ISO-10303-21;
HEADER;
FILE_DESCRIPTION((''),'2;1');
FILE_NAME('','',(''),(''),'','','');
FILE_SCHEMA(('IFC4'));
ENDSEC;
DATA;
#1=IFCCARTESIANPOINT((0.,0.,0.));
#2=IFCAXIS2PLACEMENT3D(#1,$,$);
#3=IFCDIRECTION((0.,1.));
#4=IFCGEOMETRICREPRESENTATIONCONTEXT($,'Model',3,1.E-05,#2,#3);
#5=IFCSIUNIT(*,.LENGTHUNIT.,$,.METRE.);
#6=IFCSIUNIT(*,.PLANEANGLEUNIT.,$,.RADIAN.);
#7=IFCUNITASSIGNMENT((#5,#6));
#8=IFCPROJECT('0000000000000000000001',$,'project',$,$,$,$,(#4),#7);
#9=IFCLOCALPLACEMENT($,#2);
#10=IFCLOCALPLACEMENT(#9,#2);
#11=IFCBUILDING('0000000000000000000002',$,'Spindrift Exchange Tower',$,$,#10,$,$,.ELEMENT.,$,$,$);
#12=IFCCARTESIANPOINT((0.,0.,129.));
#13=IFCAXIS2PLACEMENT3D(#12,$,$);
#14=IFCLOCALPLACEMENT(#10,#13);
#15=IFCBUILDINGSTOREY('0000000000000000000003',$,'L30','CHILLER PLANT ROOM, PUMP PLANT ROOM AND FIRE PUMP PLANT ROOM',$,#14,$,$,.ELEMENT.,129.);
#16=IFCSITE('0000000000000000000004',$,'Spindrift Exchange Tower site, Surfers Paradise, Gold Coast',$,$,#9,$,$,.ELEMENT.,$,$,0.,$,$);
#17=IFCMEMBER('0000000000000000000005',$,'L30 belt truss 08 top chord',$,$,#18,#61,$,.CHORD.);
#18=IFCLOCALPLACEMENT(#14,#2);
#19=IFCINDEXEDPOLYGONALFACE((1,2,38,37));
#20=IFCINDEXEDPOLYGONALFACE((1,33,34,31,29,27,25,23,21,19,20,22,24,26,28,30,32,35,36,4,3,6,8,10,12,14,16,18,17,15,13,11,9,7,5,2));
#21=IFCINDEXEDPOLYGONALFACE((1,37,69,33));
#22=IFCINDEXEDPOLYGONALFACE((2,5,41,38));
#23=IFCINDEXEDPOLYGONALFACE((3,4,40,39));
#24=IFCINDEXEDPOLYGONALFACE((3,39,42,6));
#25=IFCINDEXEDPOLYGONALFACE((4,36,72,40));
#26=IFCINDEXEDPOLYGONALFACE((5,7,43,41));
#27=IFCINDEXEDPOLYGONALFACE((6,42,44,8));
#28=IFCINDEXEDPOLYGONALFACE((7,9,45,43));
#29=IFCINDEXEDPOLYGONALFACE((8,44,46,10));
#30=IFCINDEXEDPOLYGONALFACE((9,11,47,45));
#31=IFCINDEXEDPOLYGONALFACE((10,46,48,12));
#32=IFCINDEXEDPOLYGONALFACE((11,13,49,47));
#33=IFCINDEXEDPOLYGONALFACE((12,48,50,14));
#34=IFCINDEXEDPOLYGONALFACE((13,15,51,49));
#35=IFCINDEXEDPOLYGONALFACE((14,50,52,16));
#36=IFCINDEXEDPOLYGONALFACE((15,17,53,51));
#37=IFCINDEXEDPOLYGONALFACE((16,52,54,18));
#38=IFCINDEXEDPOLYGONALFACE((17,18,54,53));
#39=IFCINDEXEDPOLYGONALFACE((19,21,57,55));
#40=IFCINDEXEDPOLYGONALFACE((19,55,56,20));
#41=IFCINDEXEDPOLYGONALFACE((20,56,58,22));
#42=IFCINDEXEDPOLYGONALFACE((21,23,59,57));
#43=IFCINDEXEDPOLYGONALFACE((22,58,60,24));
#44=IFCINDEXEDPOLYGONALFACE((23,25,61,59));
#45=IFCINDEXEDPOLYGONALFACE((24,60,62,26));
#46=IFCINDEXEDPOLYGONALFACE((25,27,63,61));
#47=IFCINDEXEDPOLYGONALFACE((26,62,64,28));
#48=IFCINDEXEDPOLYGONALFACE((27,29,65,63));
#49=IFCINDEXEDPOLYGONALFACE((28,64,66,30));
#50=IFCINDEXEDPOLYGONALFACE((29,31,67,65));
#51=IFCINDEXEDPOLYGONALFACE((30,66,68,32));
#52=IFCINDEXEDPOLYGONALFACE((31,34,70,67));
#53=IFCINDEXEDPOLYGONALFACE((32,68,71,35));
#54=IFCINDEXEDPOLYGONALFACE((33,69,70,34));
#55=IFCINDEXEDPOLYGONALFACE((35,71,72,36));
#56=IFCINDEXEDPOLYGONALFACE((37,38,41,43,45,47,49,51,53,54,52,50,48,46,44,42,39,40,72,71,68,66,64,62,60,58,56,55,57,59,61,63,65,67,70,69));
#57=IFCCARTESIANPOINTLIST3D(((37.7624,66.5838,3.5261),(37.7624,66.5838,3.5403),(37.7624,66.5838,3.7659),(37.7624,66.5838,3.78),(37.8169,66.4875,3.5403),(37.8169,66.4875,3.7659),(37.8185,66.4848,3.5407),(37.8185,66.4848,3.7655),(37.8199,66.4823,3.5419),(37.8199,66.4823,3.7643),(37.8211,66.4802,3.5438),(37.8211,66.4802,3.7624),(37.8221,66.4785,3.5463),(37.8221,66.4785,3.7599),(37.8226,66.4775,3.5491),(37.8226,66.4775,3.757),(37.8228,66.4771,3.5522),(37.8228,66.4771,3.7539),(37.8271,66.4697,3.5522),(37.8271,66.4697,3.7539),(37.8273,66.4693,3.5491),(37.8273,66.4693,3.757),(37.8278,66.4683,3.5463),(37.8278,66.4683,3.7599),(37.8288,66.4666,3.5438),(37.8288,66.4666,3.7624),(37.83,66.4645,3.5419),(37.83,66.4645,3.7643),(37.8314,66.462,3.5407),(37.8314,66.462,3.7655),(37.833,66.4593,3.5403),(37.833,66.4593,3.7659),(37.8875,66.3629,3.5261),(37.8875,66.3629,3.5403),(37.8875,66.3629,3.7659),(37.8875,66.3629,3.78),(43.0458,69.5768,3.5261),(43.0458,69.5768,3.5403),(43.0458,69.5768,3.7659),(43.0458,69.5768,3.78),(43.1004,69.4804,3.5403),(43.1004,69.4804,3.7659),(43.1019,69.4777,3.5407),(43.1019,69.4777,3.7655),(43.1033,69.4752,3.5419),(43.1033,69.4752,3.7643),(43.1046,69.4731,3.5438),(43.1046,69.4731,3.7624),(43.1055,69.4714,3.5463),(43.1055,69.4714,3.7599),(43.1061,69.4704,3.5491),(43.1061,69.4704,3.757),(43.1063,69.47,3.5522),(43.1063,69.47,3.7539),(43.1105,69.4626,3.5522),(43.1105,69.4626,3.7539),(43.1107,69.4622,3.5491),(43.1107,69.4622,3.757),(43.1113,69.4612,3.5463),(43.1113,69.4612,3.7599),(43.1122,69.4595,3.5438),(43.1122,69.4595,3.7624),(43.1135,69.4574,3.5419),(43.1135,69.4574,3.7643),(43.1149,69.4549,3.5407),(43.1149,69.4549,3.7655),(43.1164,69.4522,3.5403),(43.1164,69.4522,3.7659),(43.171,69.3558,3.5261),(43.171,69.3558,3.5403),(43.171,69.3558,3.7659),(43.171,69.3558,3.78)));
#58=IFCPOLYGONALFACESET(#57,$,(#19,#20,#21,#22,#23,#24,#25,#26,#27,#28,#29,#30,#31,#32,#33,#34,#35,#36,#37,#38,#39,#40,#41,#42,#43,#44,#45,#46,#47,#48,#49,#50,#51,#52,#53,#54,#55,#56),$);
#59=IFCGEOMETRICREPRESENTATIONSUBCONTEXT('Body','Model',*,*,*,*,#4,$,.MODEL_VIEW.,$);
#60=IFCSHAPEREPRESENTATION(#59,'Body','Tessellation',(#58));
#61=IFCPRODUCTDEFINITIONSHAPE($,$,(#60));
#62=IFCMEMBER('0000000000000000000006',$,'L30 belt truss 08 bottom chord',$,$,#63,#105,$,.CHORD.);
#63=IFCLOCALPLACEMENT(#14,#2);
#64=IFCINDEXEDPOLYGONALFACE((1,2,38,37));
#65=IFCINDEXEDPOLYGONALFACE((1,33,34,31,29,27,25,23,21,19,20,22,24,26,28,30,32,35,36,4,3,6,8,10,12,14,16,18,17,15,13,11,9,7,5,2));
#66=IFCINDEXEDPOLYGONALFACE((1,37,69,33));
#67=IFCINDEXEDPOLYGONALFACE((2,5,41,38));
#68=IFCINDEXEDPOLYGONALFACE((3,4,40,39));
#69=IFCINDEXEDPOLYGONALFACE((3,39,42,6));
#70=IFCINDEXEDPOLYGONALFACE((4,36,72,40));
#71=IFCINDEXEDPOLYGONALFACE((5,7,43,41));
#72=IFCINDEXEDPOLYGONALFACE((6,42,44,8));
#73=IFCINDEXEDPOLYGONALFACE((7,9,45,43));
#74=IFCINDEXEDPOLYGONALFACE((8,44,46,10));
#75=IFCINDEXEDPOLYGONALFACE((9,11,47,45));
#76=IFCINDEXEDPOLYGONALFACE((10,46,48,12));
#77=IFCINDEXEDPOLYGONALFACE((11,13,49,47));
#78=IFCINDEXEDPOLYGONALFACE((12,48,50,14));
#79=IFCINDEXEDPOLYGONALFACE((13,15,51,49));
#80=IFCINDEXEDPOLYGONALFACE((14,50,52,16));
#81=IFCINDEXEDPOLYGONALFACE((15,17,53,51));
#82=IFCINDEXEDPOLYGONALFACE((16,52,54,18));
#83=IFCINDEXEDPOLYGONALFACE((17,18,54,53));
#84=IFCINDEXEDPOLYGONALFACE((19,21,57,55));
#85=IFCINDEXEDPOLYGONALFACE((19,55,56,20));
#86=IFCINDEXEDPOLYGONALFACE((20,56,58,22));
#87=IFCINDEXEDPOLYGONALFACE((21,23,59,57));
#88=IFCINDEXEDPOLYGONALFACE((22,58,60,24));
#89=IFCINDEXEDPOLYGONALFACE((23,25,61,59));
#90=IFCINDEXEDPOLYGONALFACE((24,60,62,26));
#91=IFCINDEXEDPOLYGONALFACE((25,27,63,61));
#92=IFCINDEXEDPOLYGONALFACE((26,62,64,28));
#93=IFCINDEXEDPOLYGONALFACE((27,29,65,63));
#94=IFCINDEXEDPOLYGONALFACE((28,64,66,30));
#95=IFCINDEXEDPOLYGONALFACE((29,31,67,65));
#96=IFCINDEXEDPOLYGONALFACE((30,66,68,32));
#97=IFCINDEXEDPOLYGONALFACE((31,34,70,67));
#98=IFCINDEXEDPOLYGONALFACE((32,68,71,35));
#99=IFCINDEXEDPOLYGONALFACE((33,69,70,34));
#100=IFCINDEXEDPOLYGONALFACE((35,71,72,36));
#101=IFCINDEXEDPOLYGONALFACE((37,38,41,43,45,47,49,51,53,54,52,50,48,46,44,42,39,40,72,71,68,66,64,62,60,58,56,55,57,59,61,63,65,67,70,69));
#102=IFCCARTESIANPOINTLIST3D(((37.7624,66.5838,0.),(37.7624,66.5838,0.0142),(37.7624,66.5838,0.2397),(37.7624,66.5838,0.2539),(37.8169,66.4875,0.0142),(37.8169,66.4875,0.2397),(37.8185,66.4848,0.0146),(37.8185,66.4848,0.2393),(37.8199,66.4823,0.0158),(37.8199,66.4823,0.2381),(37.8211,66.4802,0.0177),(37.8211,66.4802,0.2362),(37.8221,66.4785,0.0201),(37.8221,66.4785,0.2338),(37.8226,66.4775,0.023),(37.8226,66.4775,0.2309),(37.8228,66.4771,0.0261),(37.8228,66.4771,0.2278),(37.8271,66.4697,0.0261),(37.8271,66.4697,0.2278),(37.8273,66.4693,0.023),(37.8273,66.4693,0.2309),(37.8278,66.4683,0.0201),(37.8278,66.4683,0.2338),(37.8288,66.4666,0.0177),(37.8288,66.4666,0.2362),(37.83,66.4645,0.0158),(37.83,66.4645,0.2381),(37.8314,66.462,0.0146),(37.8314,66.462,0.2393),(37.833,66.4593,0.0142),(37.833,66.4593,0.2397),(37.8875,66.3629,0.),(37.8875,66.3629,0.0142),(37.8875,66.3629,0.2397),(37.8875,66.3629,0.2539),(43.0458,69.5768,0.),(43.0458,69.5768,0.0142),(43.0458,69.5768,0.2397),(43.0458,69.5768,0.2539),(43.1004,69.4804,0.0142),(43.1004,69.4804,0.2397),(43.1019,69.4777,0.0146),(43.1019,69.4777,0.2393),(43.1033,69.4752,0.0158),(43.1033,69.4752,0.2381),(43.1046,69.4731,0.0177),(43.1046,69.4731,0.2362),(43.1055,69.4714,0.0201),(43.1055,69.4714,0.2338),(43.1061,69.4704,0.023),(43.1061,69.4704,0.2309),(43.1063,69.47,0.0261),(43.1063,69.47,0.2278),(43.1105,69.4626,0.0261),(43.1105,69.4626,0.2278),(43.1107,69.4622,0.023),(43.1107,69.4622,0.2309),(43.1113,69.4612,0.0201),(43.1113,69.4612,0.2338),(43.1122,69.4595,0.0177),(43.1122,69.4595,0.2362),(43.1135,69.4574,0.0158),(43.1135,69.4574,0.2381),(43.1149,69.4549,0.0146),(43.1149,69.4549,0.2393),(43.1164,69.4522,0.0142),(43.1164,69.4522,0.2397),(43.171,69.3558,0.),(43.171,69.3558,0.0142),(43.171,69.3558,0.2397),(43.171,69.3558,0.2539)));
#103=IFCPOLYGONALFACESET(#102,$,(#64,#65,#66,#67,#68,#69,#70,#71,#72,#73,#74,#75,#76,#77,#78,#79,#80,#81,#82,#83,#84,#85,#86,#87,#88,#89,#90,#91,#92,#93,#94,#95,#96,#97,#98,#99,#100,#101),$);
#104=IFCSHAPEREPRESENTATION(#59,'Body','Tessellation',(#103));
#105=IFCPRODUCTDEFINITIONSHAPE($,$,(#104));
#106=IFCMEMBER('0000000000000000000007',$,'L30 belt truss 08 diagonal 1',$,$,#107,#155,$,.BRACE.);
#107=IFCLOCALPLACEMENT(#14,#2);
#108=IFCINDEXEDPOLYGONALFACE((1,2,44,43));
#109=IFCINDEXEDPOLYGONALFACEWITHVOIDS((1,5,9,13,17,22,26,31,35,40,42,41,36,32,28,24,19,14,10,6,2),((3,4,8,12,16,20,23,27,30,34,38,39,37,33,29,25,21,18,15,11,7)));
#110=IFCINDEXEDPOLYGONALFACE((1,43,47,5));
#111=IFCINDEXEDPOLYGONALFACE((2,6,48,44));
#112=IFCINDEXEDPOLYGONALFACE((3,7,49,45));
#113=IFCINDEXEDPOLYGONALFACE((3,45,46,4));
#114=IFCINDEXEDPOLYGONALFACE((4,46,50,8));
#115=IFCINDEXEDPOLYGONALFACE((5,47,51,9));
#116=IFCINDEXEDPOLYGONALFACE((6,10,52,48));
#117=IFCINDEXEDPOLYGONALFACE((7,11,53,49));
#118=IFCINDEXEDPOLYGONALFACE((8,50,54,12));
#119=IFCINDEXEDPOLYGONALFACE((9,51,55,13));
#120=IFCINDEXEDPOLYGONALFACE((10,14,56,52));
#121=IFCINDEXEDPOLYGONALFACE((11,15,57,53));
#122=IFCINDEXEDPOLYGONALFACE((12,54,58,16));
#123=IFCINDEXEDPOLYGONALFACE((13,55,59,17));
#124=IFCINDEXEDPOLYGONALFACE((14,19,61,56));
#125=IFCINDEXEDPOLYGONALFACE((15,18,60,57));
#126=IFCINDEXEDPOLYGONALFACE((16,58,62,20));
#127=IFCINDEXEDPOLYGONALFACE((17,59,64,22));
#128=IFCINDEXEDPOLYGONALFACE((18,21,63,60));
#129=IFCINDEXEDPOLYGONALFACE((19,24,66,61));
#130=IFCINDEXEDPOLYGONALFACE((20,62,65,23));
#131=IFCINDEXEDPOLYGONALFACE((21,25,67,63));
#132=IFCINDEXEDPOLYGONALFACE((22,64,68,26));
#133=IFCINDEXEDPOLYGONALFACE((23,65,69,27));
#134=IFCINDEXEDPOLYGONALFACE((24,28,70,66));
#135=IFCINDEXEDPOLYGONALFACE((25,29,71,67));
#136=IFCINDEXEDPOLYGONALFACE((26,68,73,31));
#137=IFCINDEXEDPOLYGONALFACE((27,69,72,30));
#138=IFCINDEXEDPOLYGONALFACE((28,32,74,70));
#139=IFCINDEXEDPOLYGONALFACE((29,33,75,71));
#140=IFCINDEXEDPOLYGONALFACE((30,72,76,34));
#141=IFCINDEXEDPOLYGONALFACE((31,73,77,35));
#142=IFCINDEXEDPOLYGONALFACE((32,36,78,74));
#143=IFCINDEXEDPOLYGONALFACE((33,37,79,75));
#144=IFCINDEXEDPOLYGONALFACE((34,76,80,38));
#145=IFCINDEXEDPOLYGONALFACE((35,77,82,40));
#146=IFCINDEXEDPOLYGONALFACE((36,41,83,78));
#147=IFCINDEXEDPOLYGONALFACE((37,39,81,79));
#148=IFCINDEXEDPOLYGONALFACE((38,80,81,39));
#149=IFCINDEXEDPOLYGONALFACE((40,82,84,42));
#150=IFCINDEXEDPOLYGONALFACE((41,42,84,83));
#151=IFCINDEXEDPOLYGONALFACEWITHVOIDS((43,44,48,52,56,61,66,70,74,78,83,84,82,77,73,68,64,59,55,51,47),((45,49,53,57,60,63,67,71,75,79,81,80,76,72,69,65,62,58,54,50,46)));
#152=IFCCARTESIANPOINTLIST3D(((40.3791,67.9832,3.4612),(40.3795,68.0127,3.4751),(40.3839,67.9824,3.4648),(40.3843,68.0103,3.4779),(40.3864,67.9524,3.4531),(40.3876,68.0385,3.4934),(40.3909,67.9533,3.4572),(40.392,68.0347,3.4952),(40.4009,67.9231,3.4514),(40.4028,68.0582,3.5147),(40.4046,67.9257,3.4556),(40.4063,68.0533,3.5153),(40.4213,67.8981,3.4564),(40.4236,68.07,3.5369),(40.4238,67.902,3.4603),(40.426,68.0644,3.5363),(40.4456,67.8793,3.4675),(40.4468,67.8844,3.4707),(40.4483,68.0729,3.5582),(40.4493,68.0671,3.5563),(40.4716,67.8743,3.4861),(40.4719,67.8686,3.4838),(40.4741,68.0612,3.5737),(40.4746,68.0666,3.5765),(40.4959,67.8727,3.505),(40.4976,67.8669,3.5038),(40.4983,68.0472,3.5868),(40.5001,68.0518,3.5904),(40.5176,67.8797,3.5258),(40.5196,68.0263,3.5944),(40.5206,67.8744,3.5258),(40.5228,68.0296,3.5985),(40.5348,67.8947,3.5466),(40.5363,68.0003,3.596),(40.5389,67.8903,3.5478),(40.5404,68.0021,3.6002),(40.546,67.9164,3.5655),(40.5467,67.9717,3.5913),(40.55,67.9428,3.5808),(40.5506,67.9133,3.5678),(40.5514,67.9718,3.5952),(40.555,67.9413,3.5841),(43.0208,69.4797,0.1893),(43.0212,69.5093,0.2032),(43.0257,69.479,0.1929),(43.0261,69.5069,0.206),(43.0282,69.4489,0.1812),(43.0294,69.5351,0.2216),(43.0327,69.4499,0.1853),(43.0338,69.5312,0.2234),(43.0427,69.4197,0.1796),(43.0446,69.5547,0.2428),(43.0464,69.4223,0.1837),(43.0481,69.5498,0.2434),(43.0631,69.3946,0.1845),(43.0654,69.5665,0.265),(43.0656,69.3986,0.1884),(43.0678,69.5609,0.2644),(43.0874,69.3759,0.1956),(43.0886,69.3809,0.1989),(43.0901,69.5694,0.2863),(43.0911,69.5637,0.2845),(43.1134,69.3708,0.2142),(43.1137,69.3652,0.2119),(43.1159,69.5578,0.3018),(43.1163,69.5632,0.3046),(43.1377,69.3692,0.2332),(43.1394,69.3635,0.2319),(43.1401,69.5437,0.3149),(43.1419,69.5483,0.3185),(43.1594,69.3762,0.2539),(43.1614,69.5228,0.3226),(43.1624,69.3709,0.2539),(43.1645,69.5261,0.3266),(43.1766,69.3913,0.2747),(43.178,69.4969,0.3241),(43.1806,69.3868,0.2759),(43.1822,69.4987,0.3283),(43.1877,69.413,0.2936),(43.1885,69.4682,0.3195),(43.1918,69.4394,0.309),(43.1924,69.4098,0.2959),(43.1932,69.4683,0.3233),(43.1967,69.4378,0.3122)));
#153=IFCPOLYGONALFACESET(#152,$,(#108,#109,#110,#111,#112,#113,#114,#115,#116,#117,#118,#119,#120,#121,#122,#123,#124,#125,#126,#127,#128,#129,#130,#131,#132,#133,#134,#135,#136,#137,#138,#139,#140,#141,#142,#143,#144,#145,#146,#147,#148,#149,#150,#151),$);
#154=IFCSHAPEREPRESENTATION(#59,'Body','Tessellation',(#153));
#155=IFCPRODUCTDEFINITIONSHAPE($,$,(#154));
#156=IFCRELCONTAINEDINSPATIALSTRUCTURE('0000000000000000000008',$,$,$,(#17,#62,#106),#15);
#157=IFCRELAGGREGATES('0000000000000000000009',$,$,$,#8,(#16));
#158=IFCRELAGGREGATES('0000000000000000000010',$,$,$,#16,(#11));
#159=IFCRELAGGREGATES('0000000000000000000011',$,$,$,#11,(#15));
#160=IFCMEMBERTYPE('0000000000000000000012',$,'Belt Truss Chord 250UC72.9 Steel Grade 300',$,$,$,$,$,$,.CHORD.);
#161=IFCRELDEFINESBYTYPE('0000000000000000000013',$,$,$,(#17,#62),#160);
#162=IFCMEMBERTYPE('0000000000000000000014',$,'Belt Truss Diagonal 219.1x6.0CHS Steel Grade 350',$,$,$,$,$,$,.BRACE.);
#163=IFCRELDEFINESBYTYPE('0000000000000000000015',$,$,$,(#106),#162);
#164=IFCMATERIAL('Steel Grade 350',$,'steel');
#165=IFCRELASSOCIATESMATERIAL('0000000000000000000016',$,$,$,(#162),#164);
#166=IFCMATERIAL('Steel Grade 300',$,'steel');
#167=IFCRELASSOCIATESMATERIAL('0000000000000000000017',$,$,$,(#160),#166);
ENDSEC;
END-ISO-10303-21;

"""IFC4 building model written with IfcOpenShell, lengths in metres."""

from ifc_helpers import new_model, si_unit, direction, frame, origin, origin_2d, place, context, subcontext, project, spatial, hollow_circle, i_section, extrude, source, transform, mapped, material, material_profile, profile_set, type_object, element, save


model = new_model("IFC4")

# Units and contexts
model_context = context("Model", 3, precision=1e-05, world=origin(), true_north=direction((0.0, 1.0)))
body_context = subcontext(model_context, "Body", "Model", "MODEL_VIEW")
ifc_project = project(units=[si_unit("LENGTHUNIT", "METRE"), si_unit("PLANEANGLEUNIT", "RADIAN")], contexts=[model_context])

# Site, building, storey
site_placement = place(None, origin())
site = spatial("IfcSite", under=ifc_project, at=site_placement, Name="Spindrift Exchange Tower site, Surfers Paradise, Gold Coast", CompositionType="ELEMENT", RefElevation=0.0)
building_placement = place(site_placement, origin())
building = spatial("IfcBuilding", under=site, at=building_placement, Name="Spindrift Exchange Tower", CompositionType="ELEMENT")
storey_placement = place(building_placement, frame((0.0, 0.0, 129.0)))
storey = spatial("IfcBuildingStorey", under=building, at=storey_placement, Name="L30", Description="CHILLER PLANT ROOM, PUMP PLANT ROOM AND FIRE PUMP PLANT ROOM", CompositionType="ELEMENT", Elevation=129.0)

# Shared definitions
ifc_material_1 = material(Name="Steel Grade 300", Category="steel")

# Members
ifc_material_2 = material(Name="Steel Grade 350", Category="steel")
ifc_material_profile_1 = material_profile(ifc_material_2, hollow_circle(Radius=0.1096, WallThickness=0.0061, at=origin_2d()), Name="219.1x6.0CHS")
ifc_profile_set_1 = profile_set([ifc_material_profile_1], Name="Steel Grade 350")
member_type_1 = type_object("IfcMemberType", Name="Belt Truss Diagonal 219.1x6.0CHS Steel Grade 350", PredefinedType="BRACE", material=ifc_profile_set_1)
ifc_material_profile_2 = material_profile(ifc_material_1, i_section(OverallWidth=0.2539, OverallDepth=0.2539, WebThickness=0.0085, FlangeThickness=0.0142, FilletRadius=0.012, at=origin_2d()), Name="250UC72.9")
ifc_profile_set_2 = profile_set([ifc_material_profile_2], Name="Steel Grade 300")
member_type_2 = type_object("IfcMemberType", Name="Belt Truss Chord 250UC72.9 Steel Grade 300", PredefinedType="CHORD", material=ifc_profile_set_2)
shared_shape_1 = source(origin(), body_context, "Body", "SweptSolid", [
    extrude(i_section(OverallWidth=0.2539, OverallDepth=0.2539, WebThickness=0.0085, FlangeThickness=0.0142, FilletRadius=0.012, at=origin_2d()), origin(), (0.0, 0.0, 1.0), 6.0723),
])
for number, where, z_axis, x_axis, name in (
    (1, (43.1084, 69.4663, 3.6531), (-0.870095, -0.492884, 0.0), (0.492884, -0.870095, 0.0), "L30 belt truss 08 top chord"),
    (2, (43.1084, 69.4663, 0.127), (-0.870095, -0.492884, 0.0), (0.492884, -0.870095, 0.0), "L30 belt truss 08 bottom chord"),
):
    element("IfcMember", number, at=place(storey_placement, frame(where, z_axis=z_axis, x_axis=x_axis)), inside=storey, type_object=member_type_2, Name=name, PredefinedType="CHORD", context=body_context, shape_type="MappedRepresentation", body=[
        mapped(shared_shape_1, transform((0.0, 0.0, 0.0), scale=1.0)),
    ])
shared_shape_2 = source(origin(), body_context, "Body", "SweptSolid", [
    extrude(hollow_circle(Radius=0.1096, WallThickness=0.0061, at=origin_2d()), origin(), (0.0, 0.0, 1.0), 4.4636),
])
for number, where, z_axis, x_axis, name in (
    (3, (43.1084, 69.4663, 0.2539), (-0.591847, -0.335276, 0.733013), (0.492897, -0.870088, 0.0), "L30 belt truss 08 diagonal 1"),
):
    element("IfcMember", number, at=place(storey_placement, frame(where, z_axis=z_axis, x_axis=x_axis)), inside=storey, type_object=member_type_1, Name=name, PredefinedType="BRACE", context=body_context, shape_type="MappedRepresentation", body=[
        mapped(shared_shape_2, transform((0.0, 0.0, 0.0), scale=1.0)),
    ])

save(model, "model.ifc")
